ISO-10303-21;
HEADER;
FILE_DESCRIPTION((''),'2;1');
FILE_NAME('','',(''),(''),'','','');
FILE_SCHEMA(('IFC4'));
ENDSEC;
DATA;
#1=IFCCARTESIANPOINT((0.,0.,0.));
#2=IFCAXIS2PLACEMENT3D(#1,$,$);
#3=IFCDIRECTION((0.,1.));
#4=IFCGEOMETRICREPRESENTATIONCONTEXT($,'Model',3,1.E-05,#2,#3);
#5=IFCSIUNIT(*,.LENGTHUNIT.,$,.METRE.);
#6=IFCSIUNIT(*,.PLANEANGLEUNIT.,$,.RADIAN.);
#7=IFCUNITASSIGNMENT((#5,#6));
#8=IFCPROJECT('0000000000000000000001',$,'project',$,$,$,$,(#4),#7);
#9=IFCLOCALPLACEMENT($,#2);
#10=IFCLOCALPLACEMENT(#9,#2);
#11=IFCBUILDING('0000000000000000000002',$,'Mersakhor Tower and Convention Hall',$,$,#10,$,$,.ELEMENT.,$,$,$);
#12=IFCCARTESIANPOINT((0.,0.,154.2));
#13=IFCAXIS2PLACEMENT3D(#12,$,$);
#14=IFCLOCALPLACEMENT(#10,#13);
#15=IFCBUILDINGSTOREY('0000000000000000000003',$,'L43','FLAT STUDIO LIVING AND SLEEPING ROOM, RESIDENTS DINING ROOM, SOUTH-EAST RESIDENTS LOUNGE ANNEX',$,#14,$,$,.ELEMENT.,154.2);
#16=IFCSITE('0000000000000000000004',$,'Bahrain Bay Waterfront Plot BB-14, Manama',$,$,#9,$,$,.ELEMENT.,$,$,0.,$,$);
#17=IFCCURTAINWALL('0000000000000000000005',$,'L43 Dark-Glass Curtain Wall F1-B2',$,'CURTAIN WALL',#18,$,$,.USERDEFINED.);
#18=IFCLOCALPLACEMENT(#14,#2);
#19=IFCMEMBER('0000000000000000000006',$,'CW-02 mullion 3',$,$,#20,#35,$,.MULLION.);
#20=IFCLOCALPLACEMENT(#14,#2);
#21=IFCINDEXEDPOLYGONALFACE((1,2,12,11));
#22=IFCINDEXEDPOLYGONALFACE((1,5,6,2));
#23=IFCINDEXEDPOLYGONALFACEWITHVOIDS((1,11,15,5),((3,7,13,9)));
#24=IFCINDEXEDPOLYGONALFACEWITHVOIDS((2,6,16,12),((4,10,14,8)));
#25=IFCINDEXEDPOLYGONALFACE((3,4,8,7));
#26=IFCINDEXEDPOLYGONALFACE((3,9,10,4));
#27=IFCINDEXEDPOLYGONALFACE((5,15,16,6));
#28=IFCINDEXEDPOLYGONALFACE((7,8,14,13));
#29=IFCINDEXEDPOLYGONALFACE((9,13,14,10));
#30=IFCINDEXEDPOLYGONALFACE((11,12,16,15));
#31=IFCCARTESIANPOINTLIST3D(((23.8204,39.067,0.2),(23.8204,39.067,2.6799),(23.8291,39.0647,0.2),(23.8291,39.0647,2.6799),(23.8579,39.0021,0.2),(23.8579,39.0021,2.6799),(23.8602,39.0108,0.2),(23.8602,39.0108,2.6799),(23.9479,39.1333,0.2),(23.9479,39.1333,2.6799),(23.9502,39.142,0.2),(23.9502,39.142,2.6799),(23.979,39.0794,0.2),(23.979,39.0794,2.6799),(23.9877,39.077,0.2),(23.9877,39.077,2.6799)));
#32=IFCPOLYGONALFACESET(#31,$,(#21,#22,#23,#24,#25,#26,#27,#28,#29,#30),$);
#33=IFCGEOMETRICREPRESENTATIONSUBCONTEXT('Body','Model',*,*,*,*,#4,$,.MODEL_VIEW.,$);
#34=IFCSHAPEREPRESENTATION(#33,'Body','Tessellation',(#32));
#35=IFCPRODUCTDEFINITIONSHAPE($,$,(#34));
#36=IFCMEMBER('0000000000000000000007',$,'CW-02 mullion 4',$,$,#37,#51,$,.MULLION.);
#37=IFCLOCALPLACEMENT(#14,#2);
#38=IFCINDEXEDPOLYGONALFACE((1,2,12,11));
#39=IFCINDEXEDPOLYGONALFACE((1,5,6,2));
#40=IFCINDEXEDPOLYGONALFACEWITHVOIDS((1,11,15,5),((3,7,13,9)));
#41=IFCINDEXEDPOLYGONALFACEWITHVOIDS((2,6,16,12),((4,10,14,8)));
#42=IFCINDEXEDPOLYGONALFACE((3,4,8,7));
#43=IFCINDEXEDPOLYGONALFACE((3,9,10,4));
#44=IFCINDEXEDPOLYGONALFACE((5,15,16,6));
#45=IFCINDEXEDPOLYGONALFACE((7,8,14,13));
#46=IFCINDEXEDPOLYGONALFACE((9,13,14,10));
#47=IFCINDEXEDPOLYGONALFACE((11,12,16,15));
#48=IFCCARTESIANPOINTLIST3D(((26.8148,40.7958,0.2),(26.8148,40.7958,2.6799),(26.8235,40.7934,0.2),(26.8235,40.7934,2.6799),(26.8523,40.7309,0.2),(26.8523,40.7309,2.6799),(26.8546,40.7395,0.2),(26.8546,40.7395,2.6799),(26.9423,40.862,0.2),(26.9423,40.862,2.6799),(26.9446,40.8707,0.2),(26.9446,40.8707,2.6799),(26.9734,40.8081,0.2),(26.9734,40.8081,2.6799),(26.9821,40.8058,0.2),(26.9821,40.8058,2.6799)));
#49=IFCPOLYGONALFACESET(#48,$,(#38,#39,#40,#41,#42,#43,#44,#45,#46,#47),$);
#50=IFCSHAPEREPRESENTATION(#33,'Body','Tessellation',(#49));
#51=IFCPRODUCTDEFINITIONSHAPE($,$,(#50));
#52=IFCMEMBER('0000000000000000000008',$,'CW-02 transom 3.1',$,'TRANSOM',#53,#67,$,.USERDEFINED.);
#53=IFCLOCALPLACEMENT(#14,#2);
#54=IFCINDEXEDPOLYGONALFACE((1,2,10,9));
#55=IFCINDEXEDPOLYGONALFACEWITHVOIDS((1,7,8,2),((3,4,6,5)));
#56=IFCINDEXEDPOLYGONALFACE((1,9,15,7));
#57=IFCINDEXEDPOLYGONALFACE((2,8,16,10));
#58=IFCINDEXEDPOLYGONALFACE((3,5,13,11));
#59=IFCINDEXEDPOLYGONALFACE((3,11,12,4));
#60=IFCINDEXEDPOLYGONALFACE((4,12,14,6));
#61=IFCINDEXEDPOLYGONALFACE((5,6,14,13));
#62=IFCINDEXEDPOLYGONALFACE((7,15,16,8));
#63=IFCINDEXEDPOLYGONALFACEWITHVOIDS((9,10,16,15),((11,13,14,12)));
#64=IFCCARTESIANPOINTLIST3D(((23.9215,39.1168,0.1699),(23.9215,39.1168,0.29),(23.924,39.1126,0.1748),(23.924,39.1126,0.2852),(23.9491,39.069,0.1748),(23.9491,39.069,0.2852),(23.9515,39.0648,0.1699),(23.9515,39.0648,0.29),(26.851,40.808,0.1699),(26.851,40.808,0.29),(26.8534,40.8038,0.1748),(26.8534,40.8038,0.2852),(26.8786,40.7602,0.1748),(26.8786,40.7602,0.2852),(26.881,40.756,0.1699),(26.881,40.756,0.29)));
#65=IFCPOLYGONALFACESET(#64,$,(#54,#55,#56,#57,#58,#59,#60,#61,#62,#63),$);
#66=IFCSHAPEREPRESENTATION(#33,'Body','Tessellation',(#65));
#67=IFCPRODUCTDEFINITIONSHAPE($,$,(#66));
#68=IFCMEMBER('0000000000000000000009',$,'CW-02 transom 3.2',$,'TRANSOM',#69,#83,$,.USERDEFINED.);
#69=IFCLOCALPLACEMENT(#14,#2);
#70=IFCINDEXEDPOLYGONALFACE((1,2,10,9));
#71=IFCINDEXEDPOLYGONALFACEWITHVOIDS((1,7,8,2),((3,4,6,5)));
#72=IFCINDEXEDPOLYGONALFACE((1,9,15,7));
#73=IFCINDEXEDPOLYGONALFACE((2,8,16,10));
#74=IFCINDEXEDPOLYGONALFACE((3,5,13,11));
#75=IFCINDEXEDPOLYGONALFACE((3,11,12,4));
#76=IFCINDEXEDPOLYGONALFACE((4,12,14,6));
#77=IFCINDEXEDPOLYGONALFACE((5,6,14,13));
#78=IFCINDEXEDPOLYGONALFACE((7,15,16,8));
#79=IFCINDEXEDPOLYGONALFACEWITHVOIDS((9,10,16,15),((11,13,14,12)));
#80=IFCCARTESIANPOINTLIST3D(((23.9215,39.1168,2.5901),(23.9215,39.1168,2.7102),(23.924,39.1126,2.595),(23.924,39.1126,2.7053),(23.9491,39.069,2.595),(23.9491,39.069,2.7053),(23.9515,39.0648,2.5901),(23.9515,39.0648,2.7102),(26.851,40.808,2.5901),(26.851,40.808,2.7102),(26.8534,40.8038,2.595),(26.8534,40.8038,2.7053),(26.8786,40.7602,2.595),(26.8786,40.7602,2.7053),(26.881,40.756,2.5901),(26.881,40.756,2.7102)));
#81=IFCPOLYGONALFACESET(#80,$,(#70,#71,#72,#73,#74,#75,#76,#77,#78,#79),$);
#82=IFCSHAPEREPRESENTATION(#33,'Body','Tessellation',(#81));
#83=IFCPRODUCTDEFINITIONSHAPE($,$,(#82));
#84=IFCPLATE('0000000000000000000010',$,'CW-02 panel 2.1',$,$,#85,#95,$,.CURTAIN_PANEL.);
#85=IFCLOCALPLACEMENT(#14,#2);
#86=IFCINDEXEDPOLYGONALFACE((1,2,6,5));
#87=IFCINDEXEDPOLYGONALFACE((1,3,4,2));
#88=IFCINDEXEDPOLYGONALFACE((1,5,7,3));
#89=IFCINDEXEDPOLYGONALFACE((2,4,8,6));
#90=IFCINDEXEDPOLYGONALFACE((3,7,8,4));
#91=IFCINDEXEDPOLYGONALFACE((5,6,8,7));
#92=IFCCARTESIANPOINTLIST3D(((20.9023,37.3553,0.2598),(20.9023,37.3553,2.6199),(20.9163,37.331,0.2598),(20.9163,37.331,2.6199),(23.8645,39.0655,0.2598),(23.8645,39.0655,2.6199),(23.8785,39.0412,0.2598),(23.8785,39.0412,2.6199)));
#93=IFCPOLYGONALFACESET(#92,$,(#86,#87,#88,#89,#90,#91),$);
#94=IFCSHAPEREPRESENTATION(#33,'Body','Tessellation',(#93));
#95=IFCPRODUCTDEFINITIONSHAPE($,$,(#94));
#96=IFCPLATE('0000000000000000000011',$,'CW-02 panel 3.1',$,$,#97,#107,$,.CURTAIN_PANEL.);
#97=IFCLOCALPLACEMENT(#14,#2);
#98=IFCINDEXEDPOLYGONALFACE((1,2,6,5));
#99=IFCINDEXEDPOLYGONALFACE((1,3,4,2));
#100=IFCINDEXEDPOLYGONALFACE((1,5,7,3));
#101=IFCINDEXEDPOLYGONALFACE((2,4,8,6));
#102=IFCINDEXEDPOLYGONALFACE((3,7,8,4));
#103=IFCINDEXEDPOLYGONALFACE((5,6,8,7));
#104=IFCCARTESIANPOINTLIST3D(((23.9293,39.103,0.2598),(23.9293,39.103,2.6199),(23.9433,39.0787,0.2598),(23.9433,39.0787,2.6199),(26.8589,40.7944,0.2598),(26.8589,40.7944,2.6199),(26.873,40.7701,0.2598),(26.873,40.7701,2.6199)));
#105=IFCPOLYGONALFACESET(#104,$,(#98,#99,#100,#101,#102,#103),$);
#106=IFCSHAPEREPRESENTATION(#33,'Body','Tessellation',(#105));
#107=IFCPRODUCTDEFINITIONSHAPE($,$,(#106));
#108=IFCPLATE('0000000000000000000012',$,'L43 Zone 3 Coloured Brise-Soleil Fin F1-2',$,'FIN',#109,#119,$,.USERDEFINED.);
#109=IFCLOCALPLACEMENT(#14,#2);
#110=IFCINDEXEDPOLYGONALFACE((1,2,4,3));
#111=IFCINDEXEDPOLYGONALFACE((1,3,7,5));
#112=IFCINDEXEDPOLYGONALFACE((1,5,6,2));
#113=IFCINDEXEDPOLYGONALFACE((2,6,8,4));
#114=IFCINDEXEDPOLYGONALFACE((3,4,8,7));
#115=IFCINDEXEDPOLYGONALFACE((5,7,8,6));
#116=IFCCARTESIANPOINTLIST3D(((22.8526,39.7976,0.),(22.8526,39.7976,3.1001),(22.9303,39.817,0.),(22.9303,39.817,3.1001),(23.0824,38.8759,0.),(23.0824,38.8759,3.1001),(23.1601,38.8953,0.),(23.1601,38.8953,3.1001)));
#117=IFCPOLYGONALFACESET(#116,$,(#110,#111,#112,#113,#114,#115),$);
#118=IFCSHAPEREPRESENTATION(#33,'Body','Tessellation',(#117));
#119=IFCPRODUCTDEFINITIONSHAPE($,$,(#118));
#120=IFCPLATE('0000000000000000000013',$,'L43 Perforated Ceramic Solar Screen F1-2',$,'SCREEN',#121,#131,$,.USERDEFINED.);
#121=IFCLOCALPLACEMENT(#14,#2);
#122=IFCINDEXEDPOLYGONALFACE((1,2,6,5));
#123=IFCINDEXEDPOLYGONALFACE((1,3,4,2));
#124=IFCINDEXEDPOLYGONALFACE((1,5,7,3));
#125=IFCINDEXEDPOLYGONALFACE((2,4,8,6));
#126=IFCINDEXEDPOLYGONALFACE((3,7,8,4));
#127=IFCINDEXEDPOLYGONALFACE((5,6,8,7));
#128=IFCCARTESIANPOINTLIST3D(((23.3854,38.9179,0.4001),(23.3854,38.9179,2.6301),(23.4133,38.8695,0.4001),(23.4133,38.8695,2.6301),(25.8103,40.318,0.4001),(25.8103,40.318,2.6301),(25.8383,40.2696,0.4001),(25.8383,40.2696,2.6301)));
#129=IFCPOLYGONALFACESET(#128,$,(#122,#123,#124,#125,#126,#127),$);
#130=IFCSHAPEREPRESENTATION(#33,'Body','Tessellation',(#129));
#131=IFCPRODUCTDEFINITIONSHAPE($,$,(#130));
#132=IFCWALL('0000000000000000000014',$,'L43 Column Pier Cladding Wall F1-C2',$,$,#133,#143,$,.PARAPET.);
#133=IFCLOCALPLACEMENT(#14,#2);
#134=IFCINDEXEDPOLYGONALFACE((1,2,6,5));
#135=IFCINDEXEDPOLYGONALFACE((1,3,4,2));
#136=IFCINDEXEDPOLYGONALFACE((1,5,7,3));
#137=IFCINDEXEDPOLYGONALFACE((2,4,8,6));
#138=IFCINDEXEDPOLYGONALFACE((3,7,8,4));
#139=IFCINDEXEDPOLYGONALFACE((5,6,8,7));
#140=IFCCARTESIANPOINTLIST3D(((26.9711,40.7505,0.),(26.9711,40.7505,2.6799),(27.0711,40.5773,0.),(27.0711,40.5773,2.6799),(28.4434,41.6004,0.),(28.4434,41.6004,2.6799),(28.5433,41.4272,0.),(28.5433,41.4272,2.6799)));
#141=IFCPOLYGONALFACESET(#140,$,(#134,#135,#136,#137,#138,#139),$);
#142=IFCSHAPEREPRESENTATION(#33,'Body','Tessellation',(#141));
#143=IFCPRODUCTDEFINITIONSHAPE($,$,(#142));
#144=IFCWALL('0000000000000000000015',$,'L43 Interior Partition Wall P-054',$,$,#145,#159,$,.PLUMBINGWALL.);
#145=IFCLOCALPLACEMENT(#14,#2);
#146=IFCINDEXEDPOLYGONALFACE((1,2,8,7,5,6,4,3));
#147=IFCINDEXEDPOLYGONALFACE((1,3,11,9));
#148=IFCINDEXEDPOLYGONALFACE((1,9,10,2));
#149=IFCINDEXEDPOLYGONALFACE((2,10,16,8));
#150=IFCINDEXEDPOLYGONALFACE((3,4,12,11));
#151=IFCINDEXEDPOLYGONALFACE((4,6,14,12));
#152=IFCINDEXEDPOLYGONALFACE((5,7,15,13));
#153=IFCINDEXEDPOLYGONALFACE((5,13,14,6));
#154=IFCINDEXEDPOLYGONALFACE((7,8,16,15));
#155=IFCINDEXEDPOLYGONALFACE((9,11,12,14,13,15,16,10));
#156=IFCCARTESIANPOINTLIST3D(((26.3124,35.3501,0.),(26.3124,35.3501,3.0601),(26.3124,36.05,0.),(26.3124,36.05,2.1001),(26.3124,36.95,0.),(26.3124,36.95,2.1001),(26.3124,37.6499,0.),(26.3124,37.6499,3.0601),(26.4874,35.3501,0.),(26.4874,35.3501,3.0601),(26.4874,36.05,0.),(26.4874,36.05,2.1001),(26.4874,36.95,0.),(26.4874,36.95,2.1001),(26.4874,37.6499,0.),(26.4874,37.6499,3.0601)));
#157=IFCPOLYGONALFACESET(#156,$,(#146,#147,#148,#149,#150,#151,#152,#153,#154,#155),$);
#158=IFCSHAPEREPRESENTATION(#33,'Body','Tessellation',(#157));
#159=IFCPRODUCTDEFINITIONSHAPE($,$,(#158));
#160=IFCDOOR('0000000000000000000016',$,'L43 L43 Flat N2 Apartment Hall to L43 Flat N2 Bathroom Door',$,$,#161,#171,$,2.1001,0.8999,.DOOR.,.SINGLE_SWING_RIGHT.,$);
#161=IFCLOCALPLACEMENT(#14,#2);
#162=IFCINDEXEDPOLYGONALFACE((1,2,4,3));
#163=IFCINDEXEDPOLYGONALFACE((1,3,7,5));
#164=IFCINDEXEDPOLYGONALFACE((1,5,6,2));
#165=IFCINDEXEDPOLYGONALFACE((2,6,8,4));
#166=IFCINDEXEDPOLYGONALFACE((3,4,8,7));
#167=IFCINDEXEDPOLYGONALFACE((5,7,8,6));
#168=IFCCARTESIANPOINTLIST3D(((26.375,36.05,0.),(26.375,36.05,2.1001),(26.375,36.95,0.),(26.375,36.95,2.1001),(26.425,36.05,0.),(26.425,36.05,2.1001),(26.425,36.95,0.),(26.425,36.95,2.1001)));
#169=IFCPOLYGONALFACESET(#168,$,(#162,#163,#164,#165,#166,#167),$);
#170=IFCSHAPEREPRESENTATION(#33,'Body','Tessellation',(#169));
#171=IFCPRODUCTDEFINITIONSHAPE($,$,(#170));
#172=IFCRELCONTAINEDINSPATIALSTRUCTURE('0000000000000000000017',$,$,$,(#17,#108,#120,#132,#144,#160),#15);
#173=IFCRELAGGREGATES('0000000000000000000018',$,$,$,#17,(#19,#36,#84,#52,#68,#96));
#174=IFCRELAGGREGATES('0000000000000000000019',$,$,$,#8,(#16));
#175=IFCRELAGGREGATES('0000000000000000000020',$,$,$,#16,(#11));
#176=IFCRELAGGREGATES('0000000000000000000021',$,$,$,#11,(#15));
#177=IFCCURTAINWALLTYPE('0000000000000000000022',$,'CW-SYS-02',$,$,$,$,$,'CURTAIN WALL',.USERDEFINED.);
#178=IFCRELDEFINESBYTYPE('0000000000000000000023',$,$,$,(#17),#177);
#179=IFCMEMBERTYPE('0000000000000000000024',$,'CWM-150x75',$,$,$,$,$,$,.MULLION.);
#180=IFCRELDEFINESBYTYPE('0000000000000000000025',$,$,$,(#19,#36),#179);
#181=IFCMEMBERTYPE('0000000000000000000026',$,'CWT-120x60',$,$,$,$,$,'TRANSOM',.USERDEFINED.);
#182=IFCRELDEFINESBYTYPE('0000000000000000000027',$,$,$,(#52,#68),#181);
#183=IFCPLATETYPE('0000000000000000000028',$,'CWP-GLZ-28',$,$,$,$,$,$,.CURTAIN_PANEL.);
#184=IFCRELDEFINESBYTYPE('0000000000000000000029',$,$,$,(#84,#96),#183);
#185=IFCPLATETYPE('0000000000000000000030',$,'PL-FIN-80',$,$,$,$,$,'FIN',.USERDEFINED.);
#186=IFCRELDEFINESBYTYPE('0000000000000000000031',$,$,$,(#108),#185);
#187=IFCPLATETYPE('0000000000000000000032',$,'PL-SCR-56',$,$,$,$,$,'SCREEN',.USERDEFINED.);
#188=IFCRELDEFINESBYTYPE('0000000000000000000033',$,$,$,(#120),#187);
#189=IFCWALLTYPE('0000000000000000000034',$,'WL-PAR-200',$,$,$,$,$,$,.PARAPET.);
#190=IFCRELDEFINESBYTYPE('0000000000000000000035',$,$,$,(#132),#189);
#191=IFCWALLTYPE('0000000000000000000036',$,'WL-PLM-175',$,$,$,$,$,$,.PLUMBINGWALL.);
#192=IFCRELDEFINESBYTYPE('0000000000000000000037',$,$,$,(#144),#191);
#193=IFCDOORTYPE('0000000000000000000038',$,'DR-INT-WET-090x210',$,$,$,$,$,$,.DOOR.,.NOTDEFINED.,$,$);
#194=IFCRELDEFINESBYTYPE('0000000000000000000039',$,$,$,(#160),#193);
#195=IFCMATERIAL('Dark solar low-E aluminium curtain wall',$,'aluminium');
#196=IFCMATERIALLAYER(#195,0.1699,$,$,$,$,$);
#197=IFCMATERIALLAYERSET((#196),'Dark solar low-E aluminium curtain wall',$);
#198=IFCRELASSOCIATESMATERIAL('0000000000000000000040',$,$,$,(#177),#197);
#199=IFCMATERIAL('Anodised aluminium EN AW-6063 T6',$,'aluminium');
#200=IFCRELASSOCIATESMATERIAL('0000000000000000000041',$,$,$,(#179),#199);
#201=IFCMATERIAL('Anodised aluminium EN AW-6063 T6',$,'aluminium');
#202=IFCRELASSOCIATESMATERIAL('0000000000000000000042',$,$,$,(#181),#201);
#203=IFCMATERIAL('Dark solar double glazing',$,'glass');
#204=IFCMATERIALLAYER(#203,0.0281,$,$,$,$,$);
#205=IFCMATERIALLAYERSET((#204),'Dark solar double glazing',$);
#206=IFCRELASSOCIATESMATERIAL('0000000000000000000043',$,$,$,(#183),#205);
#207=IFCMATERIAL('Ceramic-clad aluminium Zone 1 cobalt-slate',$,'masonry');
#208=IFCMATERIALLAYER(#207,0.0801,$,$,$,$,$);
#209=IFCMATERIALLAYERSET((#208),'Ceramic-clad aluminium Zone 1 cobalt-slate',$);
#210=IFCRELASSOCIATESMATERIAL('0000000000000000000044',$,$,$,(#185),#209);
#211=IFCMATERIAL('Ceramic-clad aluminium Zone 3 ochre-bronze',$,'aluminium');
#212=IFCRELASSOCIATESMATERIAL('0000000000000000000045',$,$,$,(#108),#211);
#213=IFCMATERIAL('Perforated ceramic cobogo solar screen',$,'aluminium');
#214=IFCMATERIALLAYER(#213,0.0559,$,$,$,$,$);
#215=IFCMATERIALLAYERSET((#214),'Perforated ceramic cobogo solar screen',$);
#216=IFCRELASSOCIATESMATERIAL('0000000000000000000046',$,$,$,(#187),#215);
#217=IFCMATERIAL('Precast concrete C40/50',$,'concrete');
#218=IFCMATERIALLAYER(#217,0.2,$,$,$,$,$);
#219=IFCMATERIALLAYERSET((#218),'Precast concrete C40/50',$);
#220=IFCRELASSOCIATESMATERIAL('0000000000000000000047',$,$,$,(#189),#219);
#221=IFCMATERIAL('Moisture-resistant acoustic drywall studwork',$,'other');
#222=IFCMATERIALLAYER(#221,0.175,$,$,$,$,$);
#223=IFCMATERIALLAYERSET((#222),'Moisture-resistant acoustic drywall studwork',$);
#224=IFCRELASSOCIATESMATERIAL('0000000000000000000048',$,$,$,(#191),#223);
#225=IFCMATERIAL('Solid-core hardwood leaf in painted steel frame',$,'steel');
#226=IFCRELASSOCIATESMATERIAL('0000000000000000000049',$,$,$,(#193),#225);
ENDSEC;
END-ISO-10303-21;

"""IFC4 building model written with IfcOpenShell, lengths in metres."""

from ifc_helpers import new_model, si_unit, direction, frame, frame_2d, origin, origin_2d, place, context, subcontext, project, spatial, rectangle, hollow_rectangle, extrude, material, layer, layer_set, material_profile, profile_set, type_object, element, fill, aggregate, save


model = new_model("IFC4")

# Units and contexts
model_context = context("Model", 3, precision=1e-05, world=origin(), true_north=direction((0.0, 1.0)))
body_context = subcontext(model_context, "Body", "Model", "MODEL_VIEW")
ifc_project = project(units=[si_unit("LENGTHUNIT", "METRE"), si_unit("PLANEANGLEUNIT", "RADIAN")], contexts=[model_context])

# Site, building, storey
site_placement = place(None, origin())
site = spatial("IfcSite", under=ifc_project, at=site_placement, Name="Bahrain Bay Waterfront Plot BB-14, Manama", CompositionType="ELEMENT", RefElevation=0.0)
building_placement = place(site_placement, origin())
building = spatial("IfcBuilding", under=site, at=building_placement, Name="Mersakhor Tower and Convention Hall", CompositionType="ELEMENT")
storey_placement = place(building_placement, frame((0.0, 0.0, 154.2)))
storey = spatial("IfcBuildingStorey", under=building, at=storey_placement, Name="L43", Description="FLAT STUDIO LIVING AND SLEEPING ROOM, RESIDENTS DINING ROOM, SOUTH-EAST RESIDENTS LOUNGE ANNEX", CompositionType="ELEMENT", Elevation=154.2)

# Curtain wall, members, plates
ifc_material_1 = material(Name="Dark solar low-E aluminium curtain wall", Category="aluminium")
ifc_layer_1 = layer(ifc_material_1, 0.1699)
ifc_layer_set_1 = layer_set([ifc_layer_1], Name="Dark solar low-E aluminium curtain wall")
curtain_wall_type = type_object("IfcCurtainWallType", Name="CW-SYS-02", ElementType="CURTAIN WALL", PredefinedType="USERDEFINED", material=ifc_layer_set_1)
curtain_wall_placement = place(storey_placement, origin())
curtain_wall = element("IfcCurtainWall", 1, at=curtain_wall_placement, inside=storey, type_object=curtain_wall_type, Name="L43 Dark-Glass Curtain Wall F1-B2", ObjectType="CURTAIN WALL", PredefinedType="USERDEFINED")
ifc_material_2 = material(Name="Anodised aluminium EN AW-6063 T6", Category="aluminium")
ifc_material_profile_1 = material_profile(ifc_material_2, hollow_rectangle(XDim=0.075, YDim=0.1499, WallThickness=0.0063, at=origin_2d()), Name="RHS 150x75x6.3")
ifc_profile_set_1 = profile_set([ifc_material_profile_1], Name="Anodised aluminium EN AW-6063 T6")
member_type_1 = type_object("IfcMemberType", Name="CWM-150x75", PredefinedType="MULLION", material=ifc_profile_set_1)
member_1_placement = place(storey_placement, frame((23.9041, 39.072, 0.2), z_axis=(0.0, 0.0, 1.0), x_axis=(-0.49999, 0.866031, 0.0)))
member_1 = element("IfcMember", 2, at=member_1_placement, type_object=member_type_1, Name="CW-02 mullion 3", PredefinedType="MULLION", context=body_context, shape_type="SweptSolid", body=[
    extrude(hollow_rectangle(XDim=0.075, YDim=0.1499, WallThickness=0.0063, at=origin_2d()), origin(), (0.0, 0.0, 1.0), 2.48),
])
member_2_placement = place(storey_placement, frame((26.8984, 40.8008, 0.2), z_axis=(0.0, 0.0, 1.0), x_axis=(-0.49999, 0.866031, 0.0)))
member_2 = element("IfcMember", 3, at=member_2_placement, type_object=member_type_1, Name="CW-02 mullion 4", PredefinedType="MULLION", context=body_context, shape_type="SweptSolid", body=[
    extrude(hollow_rectangle(XDim=0.075, YDim=0.1499, WallThickness=0.0063, at=origin_2d()), origin(), (0.0, 0.0, 1.0), 2.48),
])
ifc_material_3 = material(Name="Anodised aluminium EN AW-6063 T6", Category="aluminium")
ifc_material_profile_2 = material_profile(ifc_material_3, hollow_rectangle(XDim=0.0601, YDim=0.1201, WallThickness=0.0049, at=origin_2d()), Name="RHS 120x60x5")
ifc_profile_set_2 = profile_set([ifc_material_profile_2], Name="Anodised aluminium EN AW-6063 T6")
member_type_2 = type_object("IfcMemberType", Name="CWT-120x60", ElementType="TRANSOM", PredefinedType="USERDEFINED", material=ifc_profile_set_2)
member_3_placement = place(storey_placement, frame((23.9365, 39.0908, 0.23), z_axis=(0.866045, 0.499966, 0.0), x_axis=(-0.499966, 0.866045, 0.0)))
member_3 = element("IfcMember", 4, at=member_3_placement, type_object=member_type_2, Name="CW-02 transom 3.1", ObjectType="TRANSOM", PredefinedType="USERDEFINED", context=body_context, shape_type="SweptSolid", body=[
    extrude(hollow_rectangle(XDim=0.0601, YDim=0.1201, WallThickness=0.0049, at=origin_2d()), origin(), (0.0, 0.0, 1.0), 3.3826),
])
member_4_placement = place(storey_placement, frame((23.9365, 39.0908, 2.6501), z_axis=(0.866045, 0.499966, 0.0), x_axis=(-0.499966, 0.866045, 0.0)))
member_4 = element("IfcMember", 5, at=member_4_placement, type_object=member_type_2, Name="CW-02 transom 3.2", ObjectType="TRANSOM", PredefinedType="USERDEFINED", context=body_context, shape_type="SweptSolid", body=[
    extrude(hollow_rectangle(XDim=0.0601, YDim=0.1201, WallThickness=0.0049, at=origin_2d()), origin(), (0.0, 0.0, 1.0), 3.3826),
])
ifc_material_4 = material(Name="Dark solar double glazing", Category="glass")
ifc_layer_2 = layer(ifc_material_4, 0.0281)
ifc_layer_set_2 = layer_set([ifc_layer_2], Name="Dark solar double glazing")
plate_type_1 = type_object("IfcPlateType", Name="CWP-GLZ-28", PredefinedType="CURTAIN_PANEL", material=ifc_layer_set_2)
plate_1_placement = place(storey_placement, frame((22.3904, 38.1982, 0.2598), z_axis=(0.0, 0.0, 1.0), x_axis=(0.866031, 0.49999, 0.0)))
plate_1 = element("IfcPlate", 6, at=plate_1_placement, type_object=plate_type_1, Name="CW-02 panel 2.1", PredefinedType="CURTAIN_PANEL", context=body_context, shape_type="SweptSolid", body=[
    extrude(rectangle(XDim=3.4204, YDim=0.0281, at=origin_2d()), origin(), (0.0, 0.0, 1.0), 2.3601),
])
plate_2_placement = place(storey_placement, frame((25.4011, 39.9365, 0.2598), z_axis=(0.0, 0.0, 1.0), x_axis=(0.866031, 0.49999, 0.0)))
plate_2 = element("IfcPlate", 7, at=plate_2_placement, type_object=plate_type_1, Name="CW-02 panel 3.1", PredefinedType="CURTAIN_PANEL", context=body_context, shape_type="SweptSolid", body=[
    extrude(rectangle(XDim=3.3828, YDim=0.0281, at=origin_2d()), origin(), (0.0, 0.0, 1.0), 2.3601),
])
aggregate(curtain_wall, [member_1, member_2, plate_1, member_3, member_4, plate_2])

# Plates
ifc_material_5 = material(Name="Ceramic-clad aluminium Zone 3 ochre-bronze", Category="aluminium")
ifc_material_6 = material(Name="Ceramic-clad aluminium Zone 1 cobalt-slate", Category="masonry")
ifc_layer_3 = layer(ifc_material_6, 0.0801)
ifc_layer_set_3 = layer_set([ifc_layer_3], Name="Ceramic-clad aluminium Zone 1 cobalt-slate")
plate_type_2 = type_object("IfcPlateType", Name="PL-FIN-80", ElementType="FIN", PredefinedType="USERDEFINED", material=ifc_layer_set_3)
plate_3_placement = place(storey_placement, frame((23.0063, 39.3464, 0.0), z_axis=(0.0, 0.0, 1.0), x_axis=(-0.241922, 0.970296, 0.0)))
element("IfcPlate", 8, at=plate_3_placement, inside=storey, type_object=plate_type_2, material=ifc_material_5, Name="L43 Zone 3 Coloured Brise-Soleil Fin F1-2", ObjectType="FIN", PredefinedType="USERDEFINED", context=body_context, shape_type="SweptSolid", body=[
    extrude(rectangle(XDim=0.95, YDim=0.0801, at=origin_2d()), origin(), (0.0, 0.0, 1.0), 3.1001),
])
ifc_material_7 = material(Name="Perforated ceramic cobogo solar screen", Category="aluminium")
ifc_layer_4 = layer(ifc_material_7, 0.0559)
ifc_layer_set_4 = layer_set([ifc_layer_4], Name="Perforated ceramic cobogo solar screen")
plate_type_3 = type_object("IfcPlateType", Name="PL-SCR-56", ElementType="SCREEN", PredefinedType="USERDEFINED", material=ifc_layer_set_4)
plate_4_placement = place(storey_placement, frame((24.6118, 39.5938, 0.4001), z_axis=(0.0, 0.0, 1.0), x_axis=(0.866025, 0.5, 0.0)))
element("IfcPlate", 9, at=plate_4_placement, inside=storey, type_object=plate_type_3, Name="L43 Perforated Ceramic Solar Screen F1-2", ObjectType="SCREEN", PredefinedType="USERDEFINED", context=body_context, shape_type="SweptSolid", body=[
    extrude(rectangle(XDim=2.8, YDim=0.0559, at=origin_2d()), origin(), (0.0, 0.0, 1.0), 2.23),
])

# Wall
ifc_material_8 = material(Name="Precast concrete C40/50", Category="concrete")
ifc_layer_5 = layer(ifc_material_8, 0.2)
ifc_layer_set_5 = layer_set([ifc_layer_5], Name="Precast concrete C40/50")
wall_type_1 = type_object("IfcWallType", Name="WL-PAR-200", PredefinedType="PARAPET", material=ifc_layer_set_5)
wall_1_placement = place(storey_placement, frame((27.021, 40.6638, 0.0), z_axis=(0.0, 0.0, 1.0), x_axis=(0.866052, 0.499955, 0.0)))
element("IfcWall", 10, at=wall_1_placement, inside=storey, type_object=wall_type_1, Name="L43 Column Pier Cladding Wall F1-C2", PredefinedType="PARAPET", context=body_context, shape_type="SweptSolid", body=[
    extrude(rectangle(XDim=1.7, YDim=0.2, at=frame_2d((0.8501, 0.0))), origin(), (0.0, 0.0, 1.0), 2.6799),
])

# Wall, opening, door
ifc_material_9 = material(Name="Moisture-resistant acoustic drywall studwork", Category="other")
ifc_layer_6 = layer(ifc_material_9, 0.175)
ifc_layer_set_6 = layer_set([ifc_layer_6], Name="Moisture-resistant acoustic drywall studwork")
wall_type_2 = type_object("IfcWallType", Name="WL-PLM-175", PredefinedType="PLUMBINGWALL", material=ifc_layer_set_6)
wall_2_placement = place(storey_placement, frame((26.3999, 35.3501, 0.0), z_axis=(0.0, 0.0, 1.0), x_axis=(0.0, 1.0, 0.0)))
wall_2 = element("IfcWall", 11, at=wall_2_placement, inside=storey, type_object=wall_type_2, Name="L43 Interior Partition Wall P-054", PredefinedType="PLUMBINGWALL", context=body_context, shape_type="SweptSolid", body=[
    extrude(rectangle(XDim=2.2998, YDim=0.175, at=frame_2d((1.1499, 0.0))), origin(), (0.0, 0.0, 1.0), 3.0601),
])
opening_1_placement = place(wall_2_placement, frame((0.7, 0.0, 0.0)))
opening_1 = element("IfcOpeningElement", 12, at=opening_1_placement, cuts=wall_2, PredefinedType="OPENING", context=body_context, shape_type="SweptSolid", body=[
    extrude(rectangle(XDim=0.8999, YDim=2.1001, at=frame_2d((0.45, 1.05))), frame((0.0, 0.0974, 0.0), z_axis=(0.0, -1.0, 0.0), x_axis=(1.0, 0.0, 0.0)), (0.0, 0.0, 1.0), 0.1951),
])
ifc_material_10 = material(Name="Solid-core hardwood leaf in painted steel frame", Category="steel")
door_type_1 = type_object("IfcDoorType", Name="DR-INT-WET-090x210", OperationType="NOTDEFINED", PredefinedType="DOOR", material=ifc_material_10)
door_1_placement = place(opening_1_placement, origin())
door_1 = element("IfcDoor", 13, at=door_1_placement, inside=storey, type_object=door_type_1, Name="L43 L43 Flat N2 Apartment Hall to L43 Flat N2 Bathroom Door", OperationType="SINGLE_SWING_RIGHT", OverallHeight=2.1001, OverallWidth=0.8999, PredefinedType="DOOR", context=body_context, shape_type="SweptSolid", body=[
    extrude(rectangle(XDim=0.8999, YDim=2.1001, at=frame_2d((0.45, 1.05))), frame((0.0, 0.0249, 0.0), z_axis=(0.0, -1.0, 0.0), x_axis=(1.0, 0.0, 0.0)), (0.0, 0.0, 1.0), 0.05),
])
fill(opening_1, door_1)

save(model, "model.ifc")
